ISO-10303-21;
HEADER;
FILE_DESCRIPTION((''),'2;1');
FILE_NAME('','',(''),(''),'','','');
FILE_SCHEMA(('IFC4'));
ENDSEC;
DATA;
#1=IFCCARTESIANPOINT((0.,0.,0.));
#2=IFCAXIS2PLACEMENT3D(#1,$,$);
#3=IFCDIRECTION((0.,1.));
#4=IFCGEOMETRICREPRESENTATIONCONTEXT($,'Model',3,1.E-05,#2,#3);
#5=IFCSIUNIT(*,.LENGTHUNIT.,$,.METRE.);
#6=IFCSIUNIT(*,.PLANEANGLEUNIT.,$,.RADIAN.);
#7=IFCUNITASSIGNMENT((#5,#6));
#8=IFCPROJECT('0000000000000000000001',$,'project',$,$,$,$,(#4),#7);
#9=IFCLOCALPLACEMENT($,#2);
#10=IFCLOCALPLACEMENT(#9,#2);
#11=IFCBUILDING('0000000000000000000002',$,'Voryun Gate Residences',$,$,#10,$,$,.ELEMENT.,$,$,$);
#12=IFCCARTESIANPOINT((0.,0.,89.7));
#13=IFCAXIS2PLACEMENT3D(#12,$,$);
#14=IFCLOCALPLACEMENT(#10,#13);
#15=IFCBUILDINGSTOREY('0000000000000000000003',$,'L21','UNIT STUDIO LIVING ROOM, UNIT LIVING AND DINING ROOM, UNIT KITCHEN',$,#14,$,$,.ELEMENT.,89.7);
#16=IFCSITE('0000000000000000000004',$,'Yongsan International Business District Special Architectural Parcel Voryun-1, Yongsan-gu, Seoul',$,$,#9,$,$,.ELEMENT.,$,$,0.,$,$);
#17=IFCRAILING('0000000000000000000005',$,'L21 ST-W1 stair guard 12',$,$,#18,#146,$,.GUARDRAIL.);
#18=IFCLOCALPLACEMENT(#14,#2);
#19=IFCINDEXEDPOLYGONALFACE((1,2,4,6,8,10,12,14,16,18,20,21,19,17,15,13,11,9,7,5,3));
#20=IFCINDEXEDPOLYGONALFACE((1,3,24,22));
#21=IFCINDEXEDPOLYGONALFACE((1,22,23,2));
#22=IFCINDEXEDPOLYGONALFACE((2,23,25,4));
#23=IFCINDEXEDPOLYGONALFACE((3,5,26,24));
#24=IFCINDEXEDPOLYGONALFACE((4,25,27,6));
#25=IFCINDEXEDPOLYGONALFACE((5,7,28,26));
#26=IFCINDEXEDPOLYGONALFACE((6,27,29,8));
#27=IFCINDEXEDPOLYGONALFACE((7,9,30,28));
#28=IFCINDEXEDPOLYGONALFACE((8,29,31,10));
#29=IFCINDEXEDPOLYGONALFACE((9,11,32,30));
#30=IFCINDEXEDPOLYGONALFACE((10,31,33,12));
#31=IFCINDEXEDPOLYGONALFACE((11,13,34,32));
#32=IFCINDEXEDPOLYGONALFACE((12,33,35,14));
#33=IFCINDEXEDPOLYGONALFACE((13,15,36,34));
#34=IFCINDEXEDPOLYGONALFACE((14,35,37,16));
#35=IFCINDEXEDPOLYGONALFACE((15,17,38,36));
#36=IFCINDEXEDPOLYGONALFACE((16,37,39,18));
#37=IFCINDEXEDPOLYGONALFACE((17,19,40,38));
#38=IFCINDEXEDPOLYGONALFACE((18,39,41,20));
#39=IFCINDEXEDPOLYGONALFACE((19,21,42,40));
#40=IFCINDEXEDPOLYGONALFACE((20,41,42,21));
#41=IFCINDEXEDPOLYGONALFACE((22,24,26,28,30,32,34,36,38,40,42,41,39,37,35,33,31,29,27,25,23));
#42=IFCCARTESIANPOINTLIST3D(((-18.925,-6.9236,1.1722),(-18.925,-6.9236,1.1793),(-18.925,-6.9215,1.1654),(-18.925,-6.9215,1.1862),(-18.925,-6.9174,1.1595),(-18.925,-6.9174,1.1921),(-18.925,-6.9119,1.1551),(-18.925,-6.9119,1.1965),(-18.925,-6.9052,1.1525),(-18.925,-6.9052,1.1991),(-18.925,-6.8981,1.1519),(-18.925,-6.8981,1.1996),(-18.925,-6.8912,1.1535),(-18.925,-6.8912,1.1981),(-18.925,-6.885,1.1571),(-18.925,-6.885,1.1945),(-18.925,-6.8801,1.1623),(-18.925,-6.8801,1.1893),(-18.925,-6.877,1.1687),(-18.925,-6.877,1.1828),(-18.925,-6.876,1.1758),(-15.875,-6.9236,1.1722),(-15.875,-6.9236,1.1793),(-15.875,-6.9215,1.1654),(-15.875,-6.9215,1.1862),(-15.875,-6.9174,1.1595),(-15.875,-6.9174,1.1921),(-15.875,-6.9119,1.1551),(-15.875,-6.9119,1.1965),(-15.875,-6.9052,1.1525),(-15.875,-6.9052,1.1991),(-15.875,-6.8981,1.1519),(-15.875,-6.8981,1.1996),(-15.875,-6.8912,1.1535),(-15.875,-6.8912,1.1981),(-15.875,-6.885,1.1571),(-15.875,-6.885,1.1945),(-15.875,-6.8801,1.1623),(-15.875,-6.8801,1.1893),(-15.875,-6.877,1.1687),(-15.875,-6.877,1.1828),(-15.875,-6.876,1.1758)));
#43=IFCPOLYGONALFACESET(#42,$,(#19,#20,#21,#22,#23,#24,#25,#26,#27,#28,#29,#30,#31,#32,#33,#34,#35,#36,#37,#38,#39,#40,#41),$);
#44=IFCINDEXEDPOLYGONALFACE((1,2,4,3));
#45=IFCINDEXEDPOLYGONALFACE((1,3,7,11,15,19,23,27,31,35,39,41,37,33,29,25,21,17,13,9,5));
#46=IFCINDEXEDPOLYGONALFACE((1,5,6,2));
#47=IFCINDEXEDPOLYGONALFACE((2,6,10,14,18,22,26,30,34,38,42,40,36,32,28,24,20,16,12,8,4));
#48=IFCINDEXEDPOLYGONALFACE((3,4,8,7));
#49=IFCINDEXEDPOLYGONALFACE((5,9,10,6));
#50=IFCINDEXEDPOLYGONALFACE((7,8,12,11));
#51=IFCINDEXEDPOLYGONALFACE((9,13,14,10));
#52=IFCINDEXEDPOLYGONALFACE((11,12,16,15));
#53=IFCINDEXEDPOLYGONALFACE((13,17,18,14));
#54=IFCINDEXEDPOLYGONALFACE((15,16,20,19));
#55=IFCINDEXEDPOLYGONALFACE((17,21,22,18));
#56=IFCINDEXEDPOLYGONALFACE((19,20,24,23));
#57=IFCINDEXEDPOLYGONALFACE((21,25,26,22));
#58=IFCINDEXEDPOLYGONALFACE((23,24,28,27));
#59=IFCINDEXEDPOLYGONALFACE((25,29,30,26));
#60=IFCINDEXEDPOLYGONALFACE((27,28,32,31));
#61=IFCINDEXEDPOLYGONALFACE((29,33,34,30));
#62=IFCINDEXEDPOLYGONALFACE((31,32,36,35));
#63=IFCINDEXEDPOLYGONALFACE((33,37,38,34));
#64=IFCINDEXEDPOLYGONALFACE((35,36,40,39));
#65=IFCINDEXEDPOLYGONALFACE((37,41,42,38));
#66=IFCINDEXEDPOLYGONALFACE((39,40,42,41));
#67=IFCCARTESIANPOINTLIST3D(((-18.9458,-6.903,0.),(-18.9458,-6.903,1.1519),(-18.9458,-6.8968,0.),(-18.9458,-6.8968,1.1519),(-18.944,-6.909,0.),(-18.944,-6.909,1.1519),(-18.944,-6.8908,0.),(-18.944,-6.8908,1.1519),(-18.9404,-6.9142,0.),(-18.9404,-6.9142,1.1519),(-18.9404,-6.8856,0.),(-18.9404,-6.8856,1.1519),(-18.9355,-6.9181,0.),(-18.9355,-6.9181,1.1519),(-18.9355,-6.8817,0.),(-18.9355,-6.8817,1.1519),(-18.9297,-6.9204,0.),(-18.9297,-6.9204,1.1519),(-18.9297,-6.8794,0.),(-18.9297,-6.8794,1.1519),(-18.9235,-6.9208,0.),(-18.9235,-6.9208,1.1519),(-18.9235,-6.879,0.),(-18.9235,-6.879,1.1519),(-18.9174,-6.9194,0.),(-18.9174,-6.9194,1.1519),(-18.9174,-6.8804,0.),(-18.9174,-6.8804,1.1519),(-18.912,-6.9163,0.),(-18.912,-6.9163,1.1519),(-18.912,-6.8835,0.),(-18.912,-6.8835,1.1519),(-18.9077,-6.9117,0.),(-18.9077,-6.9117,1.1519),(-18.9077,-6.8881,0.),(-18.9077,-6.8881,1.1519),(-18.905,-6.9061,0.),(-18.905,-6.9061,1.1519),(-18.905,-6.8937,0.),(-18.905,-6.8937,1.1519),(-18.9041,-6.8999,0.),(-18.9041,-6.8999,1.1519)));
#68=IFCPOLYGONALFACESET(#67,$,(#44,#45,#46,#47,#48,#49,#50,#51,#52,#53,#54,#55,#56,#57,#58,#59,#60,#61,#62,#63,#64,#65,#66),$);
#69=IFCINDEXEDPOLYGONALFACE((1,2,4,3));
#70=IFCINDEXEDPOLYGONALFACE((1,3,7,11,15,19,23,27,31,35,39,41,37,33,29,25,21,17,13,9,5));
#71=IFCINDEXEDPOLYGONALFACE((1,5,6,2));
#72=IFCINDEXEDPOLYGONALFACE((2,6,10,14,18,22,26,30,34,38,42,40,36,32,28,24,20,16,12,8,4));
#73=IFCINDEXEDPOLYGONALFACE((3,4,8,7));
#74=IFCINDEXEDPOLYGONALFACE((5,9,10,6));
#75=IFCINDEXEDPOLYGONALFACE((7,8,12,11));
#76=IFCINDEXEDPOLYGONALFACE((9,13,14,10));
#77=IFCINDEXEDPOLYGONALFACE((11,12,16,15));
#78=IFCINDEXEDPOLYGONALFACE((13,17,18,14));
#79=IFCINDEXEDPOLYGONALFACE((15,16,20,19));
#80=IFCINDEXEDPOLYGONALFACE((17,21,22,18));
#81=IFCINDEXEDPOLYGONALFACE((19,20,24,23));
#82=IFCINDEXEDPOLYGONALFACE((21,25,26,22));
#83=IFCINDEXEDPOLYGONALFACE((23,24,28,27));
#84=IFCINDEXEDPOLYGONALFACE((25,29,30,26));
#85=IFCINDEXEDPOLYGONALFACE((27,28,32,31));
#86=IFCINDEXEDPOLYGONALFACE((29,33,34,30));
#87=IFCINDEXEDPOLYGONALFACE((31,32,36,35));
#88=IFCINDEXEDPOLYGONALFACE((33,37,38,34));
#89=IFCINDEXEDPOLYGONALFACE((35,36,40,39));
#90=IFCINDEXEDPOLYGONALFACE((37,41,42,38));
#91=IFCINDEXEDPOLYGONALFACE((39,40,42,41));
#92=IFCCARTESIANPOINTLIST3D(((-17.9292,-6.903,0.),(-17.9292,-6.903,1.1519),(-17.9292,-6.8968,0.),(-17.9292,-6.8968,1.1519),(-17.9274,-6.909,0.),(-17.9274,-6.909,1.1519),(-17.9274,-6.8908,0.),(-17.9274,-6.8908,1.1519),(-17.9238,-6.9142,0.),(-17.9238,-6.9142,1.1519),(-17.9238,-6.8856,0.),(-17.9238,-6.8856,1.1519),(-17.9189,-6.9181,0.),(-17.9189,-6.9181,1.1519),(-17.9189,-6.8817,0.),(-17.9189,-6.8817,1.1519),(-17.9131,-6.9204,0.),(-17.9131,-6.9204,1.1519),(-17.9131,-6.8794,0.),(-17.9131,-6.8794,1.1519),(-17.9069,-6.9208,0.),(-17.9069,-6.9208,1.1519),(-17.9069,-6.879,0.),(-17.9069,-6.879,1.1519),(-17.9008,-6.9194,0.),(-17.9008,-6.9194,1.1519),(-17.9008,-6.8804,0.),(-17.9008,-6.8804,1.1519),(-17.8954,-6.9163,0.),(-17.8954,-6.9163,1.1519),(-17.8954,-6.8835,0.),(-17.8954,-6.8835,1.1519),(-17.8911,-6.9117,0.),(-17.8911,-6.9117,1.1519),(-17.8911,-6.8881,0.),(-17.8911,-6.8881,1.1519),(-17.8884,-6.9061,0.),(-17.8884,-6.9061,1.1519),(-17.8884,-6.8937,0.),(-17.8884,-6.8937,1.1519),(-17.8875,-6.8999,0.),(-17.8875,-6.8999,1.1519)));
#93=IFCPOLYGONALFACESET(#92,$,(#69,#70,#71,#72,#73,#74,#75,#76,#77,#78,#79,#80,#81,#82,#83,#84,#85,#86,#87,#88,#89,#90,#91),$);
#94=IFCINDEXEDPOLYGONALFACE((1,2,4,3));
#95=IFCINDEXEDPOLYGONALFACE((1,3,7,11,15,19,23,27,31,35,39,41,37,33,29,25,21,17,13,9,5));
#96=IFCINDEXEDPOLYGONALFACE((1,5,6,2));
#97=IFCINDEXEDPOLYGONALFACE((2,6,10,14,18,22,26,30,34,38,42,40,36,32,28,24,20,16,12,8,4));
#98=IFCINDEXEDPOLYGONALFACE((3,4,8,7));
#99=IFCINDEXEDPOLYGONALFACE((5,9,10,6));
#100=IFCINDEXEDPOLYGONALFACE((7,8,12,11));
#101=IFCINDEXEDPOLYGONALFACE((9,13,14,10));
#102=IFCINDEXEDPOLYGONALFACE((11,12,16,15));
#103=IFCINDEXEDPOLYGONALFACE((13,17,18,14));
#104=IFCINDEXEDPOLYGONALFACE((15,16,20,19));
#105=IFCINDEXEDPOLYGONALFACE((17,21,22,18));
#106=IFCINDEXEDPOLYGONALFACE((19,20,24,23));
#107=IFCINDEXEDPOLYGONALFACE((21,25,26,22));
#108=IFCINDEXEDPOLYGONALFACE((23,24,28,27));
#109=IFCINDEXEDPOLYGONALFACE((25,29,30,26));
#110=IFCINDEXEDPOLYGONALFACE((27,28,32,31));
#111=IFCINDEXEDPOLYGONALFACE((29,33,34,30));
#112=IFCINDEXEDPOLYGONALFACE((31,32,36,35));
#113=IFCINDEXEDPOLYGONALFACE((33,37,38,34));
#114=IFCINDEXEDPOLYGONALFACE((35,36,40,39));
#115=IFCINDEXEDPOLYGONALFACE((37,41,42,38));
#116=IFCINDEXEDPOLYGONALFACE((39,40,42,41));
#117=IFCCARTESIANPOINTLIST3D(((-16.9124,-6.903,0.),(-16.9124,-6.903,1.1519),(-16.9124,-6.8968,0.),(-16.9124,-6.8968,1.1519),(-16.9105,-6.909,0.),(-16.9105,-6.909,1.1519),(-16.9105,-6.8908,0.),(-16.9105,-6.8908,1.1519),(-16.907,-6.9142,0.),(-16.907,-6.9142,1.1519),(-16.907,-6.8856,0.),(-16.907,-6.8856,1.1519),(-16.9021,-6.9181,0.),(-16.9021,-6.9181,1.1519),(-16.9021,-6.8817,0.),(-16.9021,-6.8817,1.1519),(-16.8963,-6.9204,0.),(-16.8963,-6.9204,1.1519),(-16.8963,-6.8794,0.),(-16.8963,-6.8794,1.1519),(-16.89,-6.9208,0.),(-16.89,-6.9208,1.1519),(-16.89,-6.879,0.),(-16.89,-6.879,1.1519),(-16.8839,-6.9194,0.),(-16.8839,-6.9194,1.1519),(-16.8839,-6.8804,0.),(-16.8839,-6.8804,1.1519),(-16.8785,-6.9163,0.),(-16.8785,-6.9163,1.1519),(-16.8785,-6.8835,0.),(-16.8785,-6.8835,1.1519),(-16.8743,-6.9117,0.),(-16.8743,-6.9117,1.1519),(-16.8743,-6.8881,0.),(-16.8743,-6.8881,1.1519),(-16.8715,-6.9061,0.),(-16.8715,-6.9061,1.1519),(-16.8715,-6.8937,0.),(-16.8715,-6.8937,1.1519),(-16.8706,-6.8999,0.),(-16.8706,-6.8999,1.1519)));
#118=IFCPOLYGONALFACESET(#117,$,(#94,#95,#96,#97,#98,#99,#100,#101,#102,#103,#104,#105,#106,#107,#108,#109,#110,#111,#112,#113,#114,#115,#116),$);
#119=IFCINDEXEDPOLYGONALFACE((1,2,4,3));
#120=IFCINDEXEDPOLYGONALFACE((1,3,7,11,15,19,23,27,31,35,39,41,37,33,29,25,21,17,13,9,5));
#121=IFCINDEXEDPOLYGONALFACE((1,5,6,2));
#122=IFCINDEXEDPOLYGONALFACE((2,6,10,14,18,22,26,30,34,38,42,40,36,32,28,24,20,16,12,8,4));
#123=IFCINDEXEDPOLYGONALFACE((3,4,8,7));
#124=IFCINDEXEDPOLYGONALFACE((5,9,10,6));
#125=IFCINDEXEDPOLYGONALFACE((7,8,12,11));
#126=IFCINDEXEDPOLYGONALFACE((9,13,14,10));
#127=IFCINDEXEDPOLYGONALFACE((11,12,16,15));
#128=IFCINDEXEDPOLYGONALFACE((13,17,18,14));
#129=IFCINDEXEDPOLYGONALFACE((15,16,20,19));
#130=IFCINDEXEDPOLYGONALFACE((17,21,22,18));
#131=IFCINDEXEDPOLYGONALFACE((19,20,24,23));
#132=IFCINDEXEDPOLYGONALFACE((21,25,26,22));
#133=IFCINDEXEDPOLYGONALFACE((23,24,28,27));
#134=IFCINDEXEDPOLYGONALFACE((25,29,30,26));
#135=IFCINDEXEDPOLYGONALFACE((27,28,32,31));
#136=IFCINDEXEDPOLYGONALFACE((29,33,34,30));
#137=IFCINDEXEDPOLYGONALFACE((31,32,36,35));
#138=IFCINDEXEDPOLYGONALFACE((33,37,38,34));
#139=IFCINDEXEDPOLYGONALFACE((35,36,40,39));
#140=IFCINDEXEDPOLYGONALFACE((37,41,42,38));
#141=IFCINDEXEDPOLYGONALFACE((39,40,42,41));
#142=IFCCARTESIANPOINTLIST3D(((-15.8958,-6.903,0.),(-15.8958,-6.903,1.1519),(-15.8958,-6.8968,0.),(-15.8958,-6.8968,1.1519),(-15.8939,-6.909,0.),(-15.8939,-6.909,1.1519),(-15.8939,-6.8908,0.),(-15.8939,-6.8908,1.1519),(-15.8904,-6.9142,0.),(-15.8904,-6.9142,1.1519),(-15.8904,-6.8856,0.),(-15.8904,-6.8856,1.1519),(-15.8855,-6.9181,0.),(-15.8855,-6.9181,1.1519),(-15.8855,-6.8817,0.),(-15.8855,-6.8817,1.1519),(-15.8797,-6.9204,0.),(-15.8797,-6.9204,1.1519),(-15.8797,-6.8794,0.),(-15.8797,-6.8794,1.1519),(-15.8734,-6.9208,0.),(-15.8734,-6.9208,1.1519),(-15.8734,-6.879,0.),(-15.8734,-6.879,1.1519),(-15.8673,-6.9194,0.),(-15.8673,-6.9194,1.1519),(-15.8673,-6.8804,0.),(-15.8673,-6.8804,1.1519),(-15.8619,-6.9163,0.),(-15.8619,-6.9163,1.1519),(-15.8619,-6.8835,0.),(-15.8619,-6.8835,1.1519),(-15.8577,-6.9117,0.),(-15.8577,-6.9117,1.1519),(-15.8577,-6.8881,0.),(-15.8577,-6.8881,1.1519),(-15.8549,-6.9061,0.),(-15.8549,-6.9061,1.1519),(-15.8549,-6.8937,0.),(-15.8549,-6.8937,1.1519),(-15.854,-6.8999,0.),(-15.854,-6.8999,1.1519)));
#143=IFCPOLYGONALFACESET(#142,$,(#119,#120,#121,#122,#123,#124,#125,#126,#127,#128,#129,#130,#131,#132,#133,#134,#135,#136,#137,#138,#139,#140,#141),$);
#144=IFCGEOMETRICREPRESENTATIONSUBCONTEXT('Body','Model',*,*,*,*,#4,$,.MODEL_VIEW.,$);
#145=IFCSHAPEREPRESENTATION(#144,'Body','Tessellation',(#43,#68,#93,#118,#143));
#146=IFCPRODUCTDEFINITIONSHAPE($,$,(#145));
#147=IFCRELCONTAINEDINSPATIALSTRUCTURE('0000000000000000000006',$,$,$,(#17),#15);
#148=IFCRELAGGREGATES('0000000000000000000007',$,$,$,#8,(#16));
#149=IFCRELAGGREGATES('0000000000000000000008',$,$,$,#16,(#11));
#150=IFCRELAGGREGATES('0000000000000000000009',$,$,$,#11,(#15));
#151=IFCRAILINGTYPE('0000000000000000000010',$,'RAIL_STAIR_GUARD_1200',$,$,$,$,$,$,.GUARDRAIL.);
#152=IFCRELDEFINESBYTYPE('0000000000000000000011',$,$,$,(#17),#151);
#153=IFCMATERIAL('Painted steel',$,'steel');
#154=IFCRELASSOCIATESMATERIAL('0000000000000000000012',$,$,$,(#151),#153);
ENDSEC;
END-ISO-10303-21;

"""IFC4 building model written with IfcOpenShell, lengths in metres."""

from ifc_helpers import new_model, si_unit, direction, frame, origin, origin_2d, place, context, subcontext, project, spatial, circle, extrude, material, type_object, element, save


model = new_model("IFC4")

# Units and contexts
model_context = context("Model", 3, precision=1e-05, world=origin(), true_north=direction((0.0, 1.0)))
body_context = subcontext(model_context, "Body", "Model", "MODEL_VIEW")
ifc_project = project(units=[si_unit("LENGTHUNIT", "METRE"), si_unit("PLANEANGLEUNIT", "RADIAN")], contexts=[model_context])

# Site, building, storey
site_placement = place(None, origin())
site = spatial("IfcSite", under=ifc_project, at=site_placement, Name="Yongsan International Business District Special Architectural Parcel Voryun-1, Yongsan-gu, Seoul", CompositionType="ELEMENT", RefElevation=0.0)
building_placement = place(site_placement, origin())
building = spatial("IfcBuilding", under=site, at=building_placement, Name="Voryun Gate Residences", CompositionType="ELEMENT")
storey_placement = place(building_placement, frame((0.0, 0.0, 89.7)))
storey = spatial("IfcBuildingStorey", under=building, at=storey_placement, Name="L21", Description="UNIT STUDIO LIVING ROOM, UNIT LIVING AND DINING ROOM, UNIT KITCHEN", CompositionType="ELEMENT", Elevation=89.7)

# Railing
ifc_material_1 = material(Name="Painted steel", Category="steel")
railing_type_1 = type_object("IfcRailingType", Name="RAIL_STAIR_GUARD_1200", PredefinedType="GUARDRAIL", material=ifc_material_1)
railing_1_placement = place(storey_placement, frame((-18.925, -6.8999, 0.0)))
element("IfcRailing", 1, at=railing_1_placement, inside=storey, type_object=railing_type_1, Name="L21 ST-W1 stair guard 12", PredefinedType="GUARDRAIL", context=body_context, shape_type="SweptSolid", body=[
    extrude(circle(Radius=0.0239, at=origin_2d()), frame((0.0, 0.0, 1.1758), z_axis=(1.0, 0.0, 0.0), x_axis=(0.0, 1.0, 0.0)), (0.0, 0.0, 1.0), 3.05),
    extrude(circle(Radius=0.021, at=origin_2d()), origin(), (0.0, 0.0, 1.0), 1.1519),
    extrude(circle(Radius=0.021, at=origin_2d()), frame((1.0166, 0.0, 0.0)), (0.0, 0.0, 1.0), 1.1519),
    extrude(circle(Radius=0.021, at=origin_2d()), frame((2.0334, 0.0, 0.0)), (0.0, 0.0, 1.0), 1.1519),
    extrude(circle(Radius=0.021, at=origin_2d()), frame((3.05, 0.0, 0.0)), (0.0, 0.0, 1.0), 1.1519),
])

save(model, "model.ifc")
